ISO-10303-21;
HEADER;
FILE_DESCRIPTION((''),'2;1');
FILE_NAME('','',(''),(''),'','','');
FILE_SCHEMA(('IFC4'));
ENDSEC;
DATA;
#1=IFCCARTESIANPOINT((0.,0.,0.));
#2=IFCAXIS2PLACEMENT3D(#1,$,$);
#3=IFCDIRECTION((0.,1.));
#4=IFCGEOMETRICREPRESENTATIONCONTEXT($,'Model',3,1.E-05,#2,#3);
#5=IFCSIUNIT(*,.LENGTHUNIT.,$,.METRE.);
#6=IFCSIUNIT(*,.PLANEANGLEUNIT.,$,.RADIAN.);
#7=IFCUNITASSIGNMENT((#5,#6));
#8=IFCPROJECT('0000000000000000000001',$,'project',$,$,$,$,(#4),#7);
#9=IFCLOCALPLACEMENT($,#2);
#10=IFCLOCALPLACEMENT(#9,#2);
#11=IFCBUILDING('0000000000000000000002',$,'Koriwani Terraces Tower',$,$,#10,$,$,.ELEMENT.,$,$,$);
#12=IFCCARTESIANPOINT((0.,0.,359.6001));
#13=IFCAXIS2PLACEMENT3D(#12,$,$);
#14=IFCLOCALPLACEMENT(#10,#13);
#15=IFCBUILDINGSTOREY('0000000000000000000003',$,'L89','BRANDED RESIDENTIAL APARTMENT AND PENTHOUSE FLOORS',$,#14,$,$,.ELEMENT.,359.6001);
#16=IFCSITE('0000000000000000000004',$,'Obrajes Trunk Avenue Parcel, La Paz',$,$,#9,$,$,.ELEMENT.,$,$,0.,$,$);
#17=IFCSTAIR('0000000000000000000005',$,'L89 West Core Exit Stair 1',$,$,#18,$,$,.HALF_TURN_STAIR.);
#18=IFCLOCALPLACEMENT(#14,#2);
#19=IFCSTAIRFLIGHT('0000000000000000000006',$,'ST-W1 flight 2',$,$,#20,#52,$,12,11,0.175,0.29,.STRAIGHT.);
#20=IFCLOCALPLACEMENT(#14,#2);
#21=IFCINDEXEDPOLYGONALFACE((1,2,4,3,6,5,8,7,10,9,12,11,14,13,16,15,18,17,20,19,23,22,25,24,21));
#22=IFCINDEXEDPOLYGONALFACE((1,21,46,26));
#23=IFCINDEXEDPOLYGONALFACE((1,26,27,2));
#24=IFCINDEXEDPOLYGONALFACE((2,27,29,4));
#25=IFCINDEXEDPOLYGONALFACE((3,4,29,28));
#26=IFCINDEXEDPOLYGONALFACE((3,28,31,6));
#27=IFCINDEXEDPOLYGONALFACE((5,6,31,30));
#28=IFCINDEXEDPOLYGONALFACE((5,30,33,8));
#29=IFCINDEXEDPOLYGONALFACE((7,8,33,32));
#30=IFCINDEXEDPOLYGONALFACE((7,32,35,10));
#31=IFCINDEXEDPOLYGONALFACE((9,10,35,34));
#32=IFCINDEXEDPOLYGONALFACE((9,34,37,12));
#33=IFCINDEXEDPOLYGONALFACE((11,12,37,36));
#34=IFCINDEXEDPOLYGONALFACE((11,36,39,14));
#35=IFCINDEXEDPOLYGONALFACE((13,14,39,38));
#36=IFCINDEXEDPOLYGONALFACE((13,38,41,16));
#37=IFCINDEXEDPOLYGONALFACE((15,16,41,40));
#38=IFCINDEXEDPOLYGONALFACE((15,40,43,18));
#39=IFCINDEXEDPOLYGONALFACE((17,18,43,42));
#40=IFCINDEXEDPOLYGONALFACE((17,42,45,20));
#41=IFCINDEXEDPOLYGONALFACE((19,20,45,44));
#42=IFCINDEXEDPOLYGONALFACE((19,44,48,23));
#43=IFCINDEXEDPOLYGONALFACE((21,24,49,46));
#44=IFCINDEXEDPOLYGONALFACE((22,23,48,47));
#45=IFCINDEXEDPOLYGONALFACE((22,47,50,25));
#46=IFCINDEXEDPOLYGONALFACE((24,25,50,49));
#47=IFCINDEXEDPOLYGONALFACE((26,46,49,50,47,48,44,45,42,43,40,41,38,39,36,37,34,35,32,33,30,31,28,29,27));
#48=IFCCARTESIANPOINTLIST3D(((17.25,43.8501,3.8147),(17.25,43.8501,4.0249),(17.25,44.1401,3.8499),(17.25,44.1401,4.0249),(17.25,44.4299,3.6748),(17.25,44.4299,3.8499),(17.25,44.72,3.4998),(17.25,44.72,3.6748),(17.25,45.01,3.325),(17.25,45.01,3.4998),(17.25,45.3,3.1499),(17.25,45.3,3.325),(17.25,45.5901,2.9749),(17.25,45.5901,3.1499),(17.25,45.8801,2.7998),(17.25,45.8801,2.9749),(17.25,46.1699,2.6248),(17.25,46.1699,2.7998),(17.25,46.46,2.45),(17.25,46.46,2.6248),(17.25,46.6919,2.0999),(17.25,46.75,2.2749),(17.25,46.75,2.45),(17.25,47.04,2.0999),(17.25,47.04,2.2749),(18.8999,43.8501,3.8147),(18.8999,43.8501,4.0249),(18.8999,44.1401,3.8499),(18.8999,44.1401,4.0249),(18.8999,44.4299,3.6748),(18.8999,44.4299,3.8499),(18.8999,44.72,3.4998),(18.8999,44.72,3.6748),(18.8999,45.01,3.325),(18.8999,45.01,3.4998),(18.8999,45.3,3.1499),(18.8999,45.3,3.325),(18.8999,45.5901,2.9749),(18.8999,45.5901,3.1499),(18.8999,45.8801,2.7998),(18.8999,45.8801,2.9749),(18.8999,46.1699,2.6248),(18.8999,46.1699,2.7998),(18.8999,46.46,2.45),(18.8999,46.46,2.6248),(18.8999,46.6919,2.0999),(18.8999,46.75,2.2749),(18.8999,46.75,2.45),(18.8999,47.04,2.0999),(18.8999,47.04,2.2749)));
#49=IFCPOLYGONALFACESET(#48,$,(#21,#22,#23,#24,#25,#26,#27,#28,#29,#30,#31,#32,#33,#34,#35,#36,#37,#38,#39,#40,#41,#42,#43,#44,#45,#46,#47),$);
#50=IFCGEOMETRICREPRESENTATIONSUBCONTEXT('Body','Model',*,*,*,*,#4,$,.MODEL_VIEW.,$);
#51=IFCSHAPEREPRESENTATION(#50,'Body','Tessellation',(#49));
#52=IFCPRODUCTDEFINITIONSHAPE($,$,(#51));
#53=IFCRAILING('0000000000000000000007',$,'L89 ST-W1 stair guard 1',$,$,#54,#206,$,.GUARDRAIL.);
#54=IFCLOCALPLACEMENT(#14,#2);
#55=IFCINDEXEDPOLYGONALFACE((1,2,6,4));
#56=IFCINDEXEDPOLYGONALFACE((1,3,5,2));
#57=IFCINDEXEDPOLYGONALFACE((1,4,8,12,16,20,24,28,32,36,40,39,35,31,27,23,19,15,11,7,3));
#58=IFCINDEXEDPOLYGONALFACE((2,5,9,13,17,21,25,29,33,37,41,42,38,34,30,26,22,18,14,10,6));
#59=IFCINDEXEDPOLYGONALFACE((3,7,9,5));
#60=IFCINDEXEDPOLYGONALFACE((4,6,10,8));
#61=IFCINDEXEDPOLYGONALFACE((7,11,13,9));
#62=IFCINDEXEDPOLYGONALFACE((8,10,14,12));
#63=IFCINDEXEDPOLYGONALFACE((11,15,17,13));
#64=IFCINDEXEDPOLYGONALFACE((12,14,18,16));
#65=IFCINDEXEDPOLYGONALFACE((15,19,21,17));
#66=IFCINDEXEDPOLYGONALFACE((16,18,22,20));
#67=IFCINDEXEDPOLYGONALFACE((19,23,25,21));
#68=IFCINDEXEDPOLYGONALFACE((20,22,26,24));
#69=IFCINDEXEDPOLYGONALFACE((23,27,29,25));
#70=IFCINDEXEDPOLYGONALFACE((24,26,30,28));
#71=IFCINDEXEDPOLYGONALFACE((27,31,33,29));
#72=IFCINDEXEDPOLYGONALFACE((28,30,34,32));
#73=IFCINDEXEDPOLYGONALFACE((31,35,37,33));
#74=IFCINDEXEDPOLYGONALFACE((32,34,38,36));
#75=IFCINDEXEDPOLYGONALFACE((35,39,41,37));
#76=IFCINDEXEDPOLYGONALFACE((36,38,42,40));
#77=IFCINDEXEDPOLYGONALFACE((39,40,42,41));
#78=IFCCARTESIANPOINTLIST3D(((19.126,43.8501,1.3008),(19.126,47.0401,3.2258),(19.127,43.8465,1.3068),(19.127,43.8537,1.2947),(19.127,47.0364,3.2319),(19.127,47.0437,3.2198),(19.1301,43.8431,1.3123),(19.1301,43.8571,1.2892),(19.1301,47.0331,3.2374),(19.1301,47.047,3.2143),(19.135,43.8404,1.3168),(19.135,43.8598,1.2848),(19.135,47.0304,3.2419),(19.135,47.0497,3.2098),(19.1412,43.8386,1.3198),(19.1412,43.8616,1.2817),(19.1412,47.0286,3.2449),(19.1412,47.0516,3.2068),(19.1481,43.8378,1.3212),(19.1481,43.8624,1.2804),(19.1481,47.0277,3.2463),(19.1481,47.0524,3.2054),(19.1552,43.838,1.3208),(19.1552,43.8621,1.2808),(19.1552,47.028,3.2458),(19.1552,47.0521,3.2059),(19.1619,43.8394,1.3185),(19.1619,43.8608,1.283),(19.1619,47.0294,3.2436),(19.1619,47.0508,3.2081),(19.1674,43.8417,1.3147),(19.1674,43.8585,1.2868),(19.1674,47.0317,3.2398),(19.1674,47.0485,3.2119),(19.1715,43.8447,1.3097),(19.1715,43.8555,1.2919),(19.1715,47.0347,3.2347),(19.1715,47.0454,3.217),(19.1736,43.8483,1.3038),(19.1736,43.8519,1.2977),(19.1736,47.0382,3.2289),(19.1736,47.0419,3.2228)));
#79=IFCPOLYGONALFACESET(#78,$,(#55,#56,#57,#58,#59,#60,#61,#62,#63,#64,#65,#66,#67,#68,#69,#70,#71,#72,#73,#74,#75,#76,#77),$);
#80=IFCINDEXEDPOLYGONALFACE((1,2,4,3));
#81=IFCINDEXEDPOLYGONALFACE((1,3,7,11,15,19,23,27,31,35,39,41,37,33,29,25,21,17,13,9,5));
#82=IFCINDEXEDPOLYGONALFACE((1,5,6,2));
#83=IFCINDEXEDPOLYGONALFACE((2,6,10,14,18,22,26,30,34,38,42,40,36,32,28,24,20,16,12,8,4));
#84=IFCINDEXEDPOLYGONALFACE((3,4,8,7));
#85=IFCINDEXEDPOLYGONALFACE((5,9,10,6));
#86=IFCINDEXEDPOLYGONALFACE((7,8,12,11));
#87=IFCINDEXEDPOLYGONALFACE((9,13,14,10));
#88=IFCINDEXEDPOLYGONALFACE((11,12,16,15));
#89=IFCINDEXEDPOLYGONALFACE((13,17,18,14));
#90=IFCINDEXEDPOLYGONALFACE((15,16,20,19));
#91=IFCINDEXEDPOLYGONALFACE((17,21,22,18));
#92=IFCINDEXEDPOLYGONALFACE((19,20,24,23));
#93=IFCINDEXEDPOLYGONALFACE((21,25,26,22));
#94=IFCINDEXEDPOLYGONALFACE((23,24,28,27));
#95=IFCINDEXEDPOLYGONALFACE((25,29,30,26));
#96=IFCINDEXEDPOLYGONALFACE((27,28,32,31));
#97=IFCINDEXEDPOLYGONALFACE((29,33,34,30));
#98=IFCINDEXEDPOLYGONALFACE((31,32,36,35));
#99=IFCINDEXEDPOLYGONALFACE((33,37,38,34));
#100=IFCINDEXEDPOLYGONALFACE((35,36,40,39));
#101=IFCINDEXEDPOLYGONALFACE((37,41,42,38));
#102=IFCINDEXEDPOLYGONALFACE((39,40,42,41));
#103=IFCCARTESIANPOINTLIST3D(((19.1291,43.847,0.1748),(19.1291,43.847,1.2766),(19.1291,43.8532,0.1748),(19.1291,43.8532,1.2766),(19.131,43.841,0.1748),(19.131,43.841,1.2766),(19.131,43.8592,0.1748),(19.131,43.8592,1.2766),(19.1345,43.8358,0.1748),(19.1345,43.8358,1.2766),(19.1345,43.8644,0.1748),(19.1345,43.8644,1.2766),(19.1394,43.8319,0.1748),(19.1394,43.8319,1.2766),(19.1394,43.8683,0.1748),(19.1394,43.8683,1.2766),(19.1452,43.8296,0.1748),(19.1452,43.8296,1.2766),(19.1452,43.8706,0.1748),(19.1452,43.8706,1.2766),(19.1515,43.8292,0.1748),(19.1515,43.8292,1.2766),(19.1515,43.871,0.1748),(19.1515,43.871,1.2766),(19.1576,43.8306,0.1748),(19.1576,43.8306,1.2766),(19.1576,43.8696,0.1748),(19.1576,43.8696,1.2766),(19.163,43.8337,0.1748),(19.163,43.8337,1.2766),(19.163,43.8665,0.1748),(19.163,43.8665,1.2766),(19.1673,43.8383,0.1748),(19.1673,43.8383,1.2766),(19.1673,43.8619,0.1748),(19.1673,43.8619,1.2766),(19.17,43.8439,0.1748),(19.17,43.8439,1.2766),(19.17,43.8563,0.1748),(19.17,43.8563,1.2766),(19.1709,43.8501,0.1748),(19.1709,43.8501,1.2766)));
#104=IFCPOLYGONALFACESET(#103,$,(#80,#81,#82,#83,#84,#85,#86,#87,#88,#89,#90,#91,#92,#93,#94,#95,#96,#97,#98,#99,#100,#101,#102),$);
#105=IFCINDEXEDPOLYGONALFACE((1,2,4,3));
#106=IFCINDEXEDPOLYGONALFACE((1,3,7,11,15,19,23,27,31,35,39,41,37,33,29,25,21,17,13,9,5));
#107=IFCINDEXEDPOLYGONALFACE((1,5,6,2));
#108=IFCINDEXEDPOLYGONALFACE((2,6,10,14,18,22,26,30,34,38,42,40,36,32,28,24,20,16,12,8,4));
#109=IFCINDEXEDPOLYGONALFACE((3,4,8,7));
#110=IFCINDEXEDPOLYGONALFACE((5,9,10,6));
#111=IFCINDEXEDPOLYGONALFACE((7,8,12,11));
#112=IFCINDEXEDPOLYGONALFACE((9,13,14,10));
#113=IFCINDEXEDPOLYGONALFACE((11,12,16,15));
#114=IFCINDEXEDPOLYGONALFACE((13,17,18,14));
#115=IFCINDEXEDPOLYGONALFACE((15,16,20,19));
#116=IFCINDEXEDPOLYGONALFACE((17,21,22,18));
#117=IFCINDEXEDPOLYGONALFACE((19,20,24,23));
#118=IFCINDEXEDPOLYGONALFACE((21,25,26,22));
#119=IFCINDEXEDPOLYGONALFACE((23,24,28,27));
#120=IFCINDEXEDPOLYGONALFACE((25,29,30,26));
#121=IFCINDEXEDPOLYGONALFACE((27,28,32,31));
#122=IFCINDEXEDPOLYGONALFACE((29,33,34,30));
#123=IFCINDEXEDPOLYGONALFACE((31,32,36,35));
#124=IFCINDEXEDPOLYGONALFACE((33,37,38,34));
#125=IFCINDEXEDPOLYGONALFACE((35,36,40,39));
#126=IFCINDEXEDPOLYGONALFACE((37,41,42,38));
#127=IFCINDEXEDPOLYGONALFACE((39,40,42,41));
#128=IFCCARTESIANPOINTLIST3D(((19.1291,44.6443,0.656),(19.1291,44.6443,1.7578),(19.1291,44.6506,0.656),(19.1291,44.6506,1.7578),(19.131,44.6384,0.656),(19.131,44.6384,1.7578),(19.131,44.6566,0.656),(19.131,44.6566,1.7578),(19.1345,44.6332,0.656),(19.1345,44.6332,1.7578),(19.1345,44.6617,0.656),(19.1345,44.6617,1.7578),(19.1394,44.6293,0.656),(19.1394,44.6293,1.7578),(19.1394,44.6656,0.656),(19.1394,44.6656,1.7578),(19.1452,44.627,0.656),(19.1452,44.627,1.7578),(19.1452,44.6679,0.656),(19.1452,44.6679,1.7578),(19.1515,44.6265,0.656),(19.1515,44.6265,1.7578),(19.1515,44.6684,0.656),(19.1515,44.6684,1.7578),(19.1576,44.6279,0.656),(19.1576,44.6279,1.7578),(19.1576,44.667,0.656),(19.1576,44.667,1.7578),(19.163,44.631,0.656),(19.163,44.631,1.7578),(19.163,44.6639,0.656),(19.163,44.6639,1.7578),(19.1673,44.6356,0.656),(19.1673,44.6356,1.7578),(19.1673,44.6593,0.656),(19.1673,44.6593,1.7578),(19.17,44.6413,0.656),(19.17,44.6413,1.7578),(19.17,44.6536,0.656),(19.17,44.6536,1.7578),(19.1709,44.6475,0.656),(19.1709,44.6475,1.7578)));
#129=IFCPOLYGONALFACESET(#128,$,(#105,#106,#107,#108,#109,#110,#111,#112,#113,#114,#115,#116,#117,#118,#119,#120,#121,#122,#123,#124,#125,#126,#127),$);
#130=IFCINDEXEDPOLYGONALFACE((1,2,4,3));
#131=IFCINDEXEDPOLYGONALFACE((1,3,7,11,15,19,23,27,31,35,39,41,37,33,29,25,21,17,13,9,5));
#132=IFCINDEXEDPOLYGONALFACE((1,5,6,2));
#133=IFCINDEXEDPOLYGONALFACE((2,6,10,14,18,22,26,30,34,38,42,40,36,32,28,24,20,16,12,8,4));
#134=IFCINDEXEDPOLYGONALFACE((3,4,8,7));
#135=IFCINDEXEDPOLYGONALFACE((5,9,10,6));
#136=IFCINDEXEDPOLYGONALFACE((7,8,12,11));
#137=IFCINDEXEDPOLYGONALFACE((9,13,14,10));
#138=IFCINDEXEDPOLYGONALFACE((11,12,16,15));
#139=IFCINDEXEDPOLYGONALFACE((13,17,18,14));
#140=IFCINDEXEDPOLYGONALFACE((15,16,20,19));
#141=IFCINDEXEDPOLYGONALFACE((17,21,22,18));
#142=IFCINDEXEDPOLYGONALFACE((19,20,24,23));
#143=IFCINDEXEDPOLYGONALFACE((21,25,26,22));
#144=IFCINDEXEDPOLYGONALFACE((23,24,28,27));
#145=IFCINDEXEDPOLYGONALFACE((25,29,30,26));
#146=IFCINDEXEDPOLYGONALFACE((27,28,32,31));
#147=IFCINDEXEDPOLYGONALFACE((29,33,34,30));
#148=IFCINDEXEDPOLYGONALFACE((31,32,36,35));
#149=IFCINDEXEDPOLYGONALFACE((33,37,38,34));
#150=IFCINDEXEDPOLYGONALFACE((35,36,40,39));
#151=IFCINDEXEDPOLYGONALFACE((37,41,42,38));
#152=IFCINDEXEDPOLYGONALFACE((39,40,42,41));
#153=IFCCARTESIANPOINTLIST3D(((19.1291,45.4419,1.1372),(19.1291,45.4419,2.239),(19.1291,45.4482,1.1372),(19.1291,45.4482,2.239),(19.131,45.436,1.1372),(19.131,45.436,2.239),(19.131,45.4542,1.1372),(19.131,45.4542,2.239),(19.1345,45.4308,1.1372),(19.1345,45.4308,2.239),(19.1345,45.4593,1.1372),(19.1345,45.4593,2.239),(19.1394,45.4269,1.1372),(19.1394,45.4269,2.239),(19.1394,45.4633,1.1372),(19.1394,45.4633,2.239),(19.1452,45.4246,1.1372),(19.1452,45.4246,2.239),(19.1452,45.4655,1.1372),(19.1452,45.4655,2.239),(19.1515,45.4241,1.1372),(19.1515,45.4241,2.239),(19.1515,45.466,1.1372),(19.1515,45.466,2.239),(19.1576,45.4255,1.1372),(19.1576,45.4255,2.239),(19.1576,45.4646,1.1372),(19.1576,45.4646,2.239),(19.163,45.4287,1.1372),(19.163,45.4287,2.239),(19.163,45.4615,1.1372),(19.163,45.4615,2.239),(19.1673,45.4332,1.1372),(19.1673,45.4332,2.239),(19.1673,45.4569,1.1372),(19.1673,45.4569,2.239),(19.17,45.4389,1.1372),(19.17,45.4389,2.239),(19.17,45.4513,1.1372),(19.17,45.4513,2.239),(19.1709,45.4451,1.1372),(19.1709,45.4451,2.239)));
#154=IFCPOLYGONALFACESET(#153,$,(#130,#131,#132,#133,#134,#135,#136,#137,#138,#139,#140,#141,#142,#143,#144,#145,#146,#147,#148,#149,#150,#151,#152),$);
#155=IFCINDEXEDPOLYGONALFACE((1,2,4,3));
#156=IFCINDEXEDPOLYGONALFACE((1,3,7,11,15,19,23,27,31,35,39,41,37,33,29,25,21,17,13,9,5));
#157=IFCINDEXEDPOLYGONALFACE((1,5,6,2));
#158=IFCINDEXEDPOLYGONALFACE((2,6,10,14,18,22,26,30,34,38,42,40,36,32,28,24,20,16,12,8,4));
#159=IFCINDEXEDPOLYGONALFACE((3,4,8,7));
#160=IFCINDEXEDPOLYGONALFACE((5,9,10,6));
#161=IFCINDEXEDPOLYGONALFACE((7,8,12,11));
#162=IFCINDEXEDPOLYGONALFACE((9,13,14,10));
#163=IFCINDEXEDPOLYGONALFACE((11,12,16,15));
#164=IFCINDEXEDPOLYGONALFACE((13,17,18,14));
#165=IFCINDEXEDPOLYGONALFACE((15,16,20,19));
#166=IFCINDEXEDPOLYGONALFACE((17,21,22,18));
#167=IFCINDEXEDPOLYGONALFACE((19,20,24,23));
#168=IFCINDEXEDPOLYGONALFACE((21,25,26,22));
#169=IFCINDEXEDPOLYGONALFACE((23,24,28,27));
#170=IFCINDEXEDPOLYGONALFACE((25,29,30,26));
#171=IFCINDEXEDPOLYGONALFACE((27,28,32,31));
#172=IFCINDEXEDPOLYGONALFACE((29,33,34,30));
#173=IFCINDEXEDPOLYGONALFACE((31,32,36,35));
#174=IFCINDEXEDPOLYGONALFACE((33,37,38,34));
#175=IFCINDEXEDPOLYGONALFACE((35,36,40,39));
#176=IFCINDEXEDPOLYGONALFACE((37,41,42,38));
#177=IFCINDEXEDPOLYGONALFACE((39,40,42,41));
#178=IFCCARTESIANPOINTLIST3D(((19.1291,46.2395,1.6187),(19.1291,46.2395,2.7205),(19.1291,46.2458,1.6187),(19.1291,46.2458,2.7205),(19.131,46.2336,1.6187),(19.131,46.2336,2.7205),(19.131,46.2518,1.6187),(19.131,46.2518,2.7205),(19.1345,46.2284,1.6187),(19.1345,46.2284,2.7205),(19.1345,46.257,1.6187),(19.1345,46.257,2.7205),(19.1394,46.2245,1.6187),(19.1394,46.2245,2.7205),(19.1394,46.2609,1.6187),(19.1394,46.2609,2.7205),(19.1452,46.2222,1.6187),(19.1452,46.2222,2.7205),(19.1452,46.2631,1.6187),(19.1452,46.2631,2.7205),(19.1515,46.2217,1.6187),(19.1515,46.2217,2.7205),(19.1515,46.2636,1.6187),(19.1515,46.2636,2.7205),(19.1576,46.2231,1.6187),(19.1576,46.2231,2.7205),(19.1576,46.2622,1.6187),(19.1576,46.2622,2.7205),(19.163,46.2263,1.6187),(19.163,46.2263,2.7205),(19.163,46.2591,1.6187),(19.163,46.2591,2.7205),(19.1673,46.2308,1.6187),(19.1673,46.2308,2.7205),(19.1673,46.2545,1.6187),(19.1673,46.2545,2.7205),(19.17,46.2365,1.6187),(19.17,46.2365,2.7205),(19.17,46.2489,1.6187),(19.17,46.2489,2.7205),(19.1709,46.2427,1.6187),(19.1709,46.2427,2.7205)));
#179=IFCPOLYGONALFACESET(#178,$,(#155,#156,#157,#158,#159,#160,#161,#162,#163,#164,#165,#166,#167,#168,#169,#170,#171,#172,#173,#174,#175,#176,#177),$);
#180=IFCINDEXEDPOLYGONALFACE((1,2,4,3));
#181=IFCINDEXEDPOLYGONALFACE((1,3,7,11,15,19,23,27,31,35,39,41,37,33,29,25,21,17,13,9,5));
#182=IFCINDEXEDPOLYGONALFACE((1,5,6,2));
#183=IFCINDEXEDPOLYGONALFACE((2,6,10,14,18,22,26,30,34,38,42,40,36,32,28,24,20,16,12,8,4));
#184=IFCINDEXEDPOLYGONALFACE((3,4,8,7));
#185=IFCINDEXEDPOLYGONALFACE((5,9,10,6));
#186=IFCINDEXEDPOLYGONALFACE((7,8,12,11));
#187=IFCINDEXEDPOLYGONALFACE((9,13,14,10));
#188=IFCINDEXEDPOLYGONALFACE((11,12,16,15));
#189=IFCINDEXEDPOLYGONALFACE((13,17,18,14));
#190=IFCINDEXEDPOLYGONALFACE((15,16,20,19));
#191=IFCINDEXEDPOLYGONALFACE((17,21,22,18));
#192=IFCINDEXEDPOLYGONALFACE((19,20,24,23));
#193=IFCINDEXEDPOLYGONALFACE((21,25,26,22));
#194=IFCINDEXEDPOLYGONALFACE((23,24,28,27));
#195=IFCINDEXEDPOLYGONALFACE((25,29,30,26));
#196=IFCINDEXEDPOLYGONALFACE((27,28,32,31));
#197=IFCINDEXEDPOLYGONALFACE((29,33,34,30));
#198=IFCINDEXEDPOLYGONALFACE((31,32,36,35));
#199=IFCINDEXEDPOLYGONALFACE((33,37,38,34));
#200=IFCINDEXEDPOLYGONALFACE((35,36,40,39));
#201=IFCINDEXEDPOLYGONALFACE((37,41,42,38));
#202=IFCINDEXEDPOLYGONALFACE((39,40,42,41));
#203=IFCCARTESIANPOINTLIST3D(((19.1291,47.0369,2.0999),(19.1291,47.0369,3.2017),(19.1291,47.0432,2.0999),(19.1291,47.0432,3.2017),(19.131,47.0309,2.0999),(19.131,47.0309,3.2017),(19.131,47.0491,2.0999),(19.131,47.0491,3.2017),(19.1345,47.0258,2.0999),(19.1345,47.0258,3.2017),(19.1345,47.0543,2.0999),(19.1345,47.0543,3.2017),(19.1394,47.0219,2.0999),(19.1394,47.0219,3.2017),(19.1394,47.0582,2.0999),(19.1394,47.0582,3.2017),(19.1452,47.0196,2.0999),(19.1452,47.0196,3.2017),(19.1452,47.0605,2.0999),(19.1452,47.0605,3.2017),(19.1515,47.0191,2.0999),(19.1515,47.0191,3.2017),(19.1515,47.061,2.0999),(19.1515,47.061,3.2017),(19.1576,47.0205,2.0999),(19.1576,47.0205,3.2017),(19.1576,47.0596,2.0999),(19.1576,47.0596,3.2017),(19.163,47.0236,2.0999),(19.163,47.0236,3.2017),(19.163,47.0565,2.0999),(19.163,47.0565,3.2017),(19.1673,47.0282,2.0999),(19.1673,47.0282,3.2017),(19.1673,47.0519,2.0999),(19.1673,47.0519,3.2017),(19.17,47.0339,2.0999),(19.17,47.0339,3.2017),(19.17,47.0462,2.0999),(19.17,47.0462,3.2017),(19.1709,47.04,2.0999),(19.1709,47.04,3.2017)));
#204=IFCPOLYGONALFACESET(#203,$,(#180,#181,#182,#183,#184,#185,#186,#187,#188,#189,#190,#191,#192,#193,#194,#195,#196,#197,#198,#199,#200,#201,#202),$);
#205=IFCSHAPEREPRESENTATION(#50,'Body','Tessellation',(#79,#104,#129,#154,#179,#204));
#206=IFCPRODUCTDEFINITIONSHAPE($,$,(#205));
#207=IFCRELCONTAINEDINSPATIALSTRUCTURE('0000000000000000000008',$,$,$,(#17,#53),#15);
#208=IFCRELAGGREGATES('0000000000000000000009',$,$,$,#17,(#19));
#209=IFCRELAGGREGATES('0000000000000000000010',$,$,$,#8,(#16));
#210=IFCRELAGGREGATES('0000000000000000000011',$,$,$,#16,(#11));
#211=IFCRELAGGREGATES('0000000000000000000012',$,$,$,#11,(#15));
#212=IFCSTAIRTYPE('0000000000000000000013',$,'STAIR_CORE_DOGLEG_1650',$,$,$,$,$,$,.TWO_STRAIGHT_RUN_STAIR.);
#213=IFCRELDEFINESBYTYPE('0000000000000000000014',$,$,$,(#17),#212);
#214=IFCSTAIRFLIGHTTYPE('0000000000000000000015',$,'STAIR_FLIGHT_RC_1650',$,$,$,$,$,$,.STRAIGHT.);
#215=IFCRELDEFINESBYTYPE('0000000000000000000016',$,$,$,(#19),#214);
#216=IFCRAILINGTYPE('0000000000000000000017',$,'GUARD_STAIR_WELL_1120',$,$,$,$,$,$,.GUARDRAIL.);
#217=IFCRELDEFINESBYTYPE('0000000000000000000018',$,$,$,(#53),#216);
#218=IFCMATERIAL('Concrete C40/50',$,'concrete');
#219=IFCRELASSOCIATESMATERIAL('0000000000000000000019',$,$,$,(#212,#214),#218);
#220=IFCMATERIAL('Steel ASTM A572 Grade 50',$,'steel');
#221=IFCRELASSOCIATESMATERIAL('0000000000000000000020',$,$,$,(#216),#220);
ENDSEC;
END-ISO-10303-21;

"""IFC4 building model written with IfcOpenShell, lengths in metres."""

from ifc_helpers import new_model, si_unit, direction, frame, origin, origin_2d, place, context, subcontext, project, spatial, polyline, circle, outline, extrude, material, type_object, element, aggregate, save


model = new_model("IFC4")

# Units and contexts
model_context = context("Model", 3, precision=1e-05, world=origin(), true_north=direction((0.0, 1.0)))
body_context = subcontext(model_context, "Body", "Model", "MODEL_VIEW")
ifc_project = project(units=[si_unit("LENGTHUNIT", "METRE"), si_unit("PLANEANGLEUNIT", "RADIAN")], contexts=[model_context])

# Site, building, storey
site_placement = place(None, origin())
site = spatial("IfcSite", under=ifc_project, at=site_placement, Name="Obrajes Trunk Avenue Parcel, La Paz", CompositionType="ELEMENT", RefElevation=0.0)
building_placement = place(site_placement, origin())
building = spatial("IfcBuilding", under=site, at=building_placement, Name="Koriwani Terraces Tower", CompositionType="ELEMENT")
storey_placement = place(building_placement, frame((0.0, 0.0, 359.6001)))
storey = spatial("IfcBuildingStorey", under=building, at=storey_placement, Name="L89", Description="BRANDED RESIDENTIAL APARTMENT AND PENTHOUSE FLOORS", CompositionType="ELEMENT", Elevation=359.6001)

# Shared definitions
ifc_material_1 = material(Name="Concrete C40/50", Category="concrete")

# Shared definitions
ifc_material_2 = material(Name="Steel ASTM A572 Grade 50", Category="steel")

# Stair, stair flight
stair_type = type_object("IfcStairType", Name="STAIR_CORE_DOGLEG_1650", PredefinedType="TWO_STRAIGHT_RUN_STAIR", material=ifc_material_1)
stair_placement = place(storey_placement, origin())
stair = element("IfcStair", 1, at=stair_placement, inside=storey, type_object=stair_type, Name="L89 West Core Exit Stair 1", PredefinedType="HALF_TURN_STAIR")
stair_flight_type = type_object("IfcStairFlightType", Name="STAIR_FLIGHT_RC_1650", PredefinedType="STRAIGHT", material=ifc_material_1)
stair_flight_1_placement = place(storey_placement, frame((18.075, 47.04, 2.0999), z_axis=(0.0, 0.0, 1.0), x_axis=(0.0, -1.0, 0.0)))
stair_flight_1 = element("IfcStairFlight", 2, at=stair_flight_1_placement, type_object=stair_flight_type, Name="ST-W1 flight 2", NumberOfRisers=12, NumberOfTreads=11, PredefinedType="STRAIGHT", RiserHeight=0.175, TreadLength=0.29, context=body_context, shape_type="SweptSolid", body=[
    extrude(outline(polyline([(0.0, 0.0), (0.0, 0.175), (0.29, 0.175), (0.29, 0.3501), (0.5801, 0.3501), (0.5801, 0.5249), (0.8701, 0.5249), (0.8701, 0.7), (1.1599, 0.7), (1.1599, 0.875), (1.45, 0.875), (1.45, 1.05), (1.74, 1.05), (1.74, 1.2251), (2.03, 1.2251), (2.03, 1.3999), (2.3201, 1.3999), (2.3201, 1.575), (2.6101, 1.575), (2.6101, 1.75), (2.8999, 1.75), (2.8999, 1.925), (3.1899, 1.925), (3.1899, 2.1001), (3.1899, 1.7148), (0.3481, 0.0), (0.0, 0.0)])), frame((0.0, 0.825, 0.0), z_axis=(0.0, -1.0, 0.0), x_axis=(1.0, 0.0, 0.0)), (0.0, 0.0, 1.0), 1.6499),
])
aggregate(stair, [stair_flight_1])

# Railing
railing_type_1 = type_object("IfcRailingType", Name="GUARD_STAIR_WELL_1120", PredefinedType="GUARDRAIL", material=ifc_material_2)
railing_1_placement = place(storey_placement, frame((19.1499, 43.8501, 0.1748)))
element("IfcRailing", 3, at=railing_1_placement, inside=storey, type_object=railing_type_1, Name="L89 ST-W1 stair guard 1", PredefinedType="GUARDRAIL", context=body_context, shape_type="SweptSolid", body=[
    extrude(circle(Radius=0.0239, at=origin_2d()), frame((0.0, 0.0, 1.126), z_axis=(0.0, 0.856178, 0.516682), x_axis=(-1.0, 0.0, 0.0)), (0.0, 0.0, 1.0), 3.7258),
    extrude(circle(Radius=0.021, at=origin_2d()), origin(), (0.0, 0.0, 1.0), 1.1018),
    extrude(circle(Radius=0.021, at=origin_2d()), frame((0.0, 0.7974, 0.4812)), (0.0, 0.0, 1.0), 1.1018),
    extrude(circle(Radius=0.021, at=origin_2d()), frame((0.0, 1.595, 0.9624)), (0.0, 0.0, 1.0), 1.1018),
    extrude(circle(Radius=0.021, at=origin_2d()), frame((0.0, 2.3926, 1.4438)), (0.0, 0.0, 1.0), 1.1018),
    extrude(circle(Radius=0.021, at=origin_2d()), frame((0.0, 3.1899, 1.925)), (0.0, 0.0, 1.0), 1.1018),
])

save(model, "model.ifc")
